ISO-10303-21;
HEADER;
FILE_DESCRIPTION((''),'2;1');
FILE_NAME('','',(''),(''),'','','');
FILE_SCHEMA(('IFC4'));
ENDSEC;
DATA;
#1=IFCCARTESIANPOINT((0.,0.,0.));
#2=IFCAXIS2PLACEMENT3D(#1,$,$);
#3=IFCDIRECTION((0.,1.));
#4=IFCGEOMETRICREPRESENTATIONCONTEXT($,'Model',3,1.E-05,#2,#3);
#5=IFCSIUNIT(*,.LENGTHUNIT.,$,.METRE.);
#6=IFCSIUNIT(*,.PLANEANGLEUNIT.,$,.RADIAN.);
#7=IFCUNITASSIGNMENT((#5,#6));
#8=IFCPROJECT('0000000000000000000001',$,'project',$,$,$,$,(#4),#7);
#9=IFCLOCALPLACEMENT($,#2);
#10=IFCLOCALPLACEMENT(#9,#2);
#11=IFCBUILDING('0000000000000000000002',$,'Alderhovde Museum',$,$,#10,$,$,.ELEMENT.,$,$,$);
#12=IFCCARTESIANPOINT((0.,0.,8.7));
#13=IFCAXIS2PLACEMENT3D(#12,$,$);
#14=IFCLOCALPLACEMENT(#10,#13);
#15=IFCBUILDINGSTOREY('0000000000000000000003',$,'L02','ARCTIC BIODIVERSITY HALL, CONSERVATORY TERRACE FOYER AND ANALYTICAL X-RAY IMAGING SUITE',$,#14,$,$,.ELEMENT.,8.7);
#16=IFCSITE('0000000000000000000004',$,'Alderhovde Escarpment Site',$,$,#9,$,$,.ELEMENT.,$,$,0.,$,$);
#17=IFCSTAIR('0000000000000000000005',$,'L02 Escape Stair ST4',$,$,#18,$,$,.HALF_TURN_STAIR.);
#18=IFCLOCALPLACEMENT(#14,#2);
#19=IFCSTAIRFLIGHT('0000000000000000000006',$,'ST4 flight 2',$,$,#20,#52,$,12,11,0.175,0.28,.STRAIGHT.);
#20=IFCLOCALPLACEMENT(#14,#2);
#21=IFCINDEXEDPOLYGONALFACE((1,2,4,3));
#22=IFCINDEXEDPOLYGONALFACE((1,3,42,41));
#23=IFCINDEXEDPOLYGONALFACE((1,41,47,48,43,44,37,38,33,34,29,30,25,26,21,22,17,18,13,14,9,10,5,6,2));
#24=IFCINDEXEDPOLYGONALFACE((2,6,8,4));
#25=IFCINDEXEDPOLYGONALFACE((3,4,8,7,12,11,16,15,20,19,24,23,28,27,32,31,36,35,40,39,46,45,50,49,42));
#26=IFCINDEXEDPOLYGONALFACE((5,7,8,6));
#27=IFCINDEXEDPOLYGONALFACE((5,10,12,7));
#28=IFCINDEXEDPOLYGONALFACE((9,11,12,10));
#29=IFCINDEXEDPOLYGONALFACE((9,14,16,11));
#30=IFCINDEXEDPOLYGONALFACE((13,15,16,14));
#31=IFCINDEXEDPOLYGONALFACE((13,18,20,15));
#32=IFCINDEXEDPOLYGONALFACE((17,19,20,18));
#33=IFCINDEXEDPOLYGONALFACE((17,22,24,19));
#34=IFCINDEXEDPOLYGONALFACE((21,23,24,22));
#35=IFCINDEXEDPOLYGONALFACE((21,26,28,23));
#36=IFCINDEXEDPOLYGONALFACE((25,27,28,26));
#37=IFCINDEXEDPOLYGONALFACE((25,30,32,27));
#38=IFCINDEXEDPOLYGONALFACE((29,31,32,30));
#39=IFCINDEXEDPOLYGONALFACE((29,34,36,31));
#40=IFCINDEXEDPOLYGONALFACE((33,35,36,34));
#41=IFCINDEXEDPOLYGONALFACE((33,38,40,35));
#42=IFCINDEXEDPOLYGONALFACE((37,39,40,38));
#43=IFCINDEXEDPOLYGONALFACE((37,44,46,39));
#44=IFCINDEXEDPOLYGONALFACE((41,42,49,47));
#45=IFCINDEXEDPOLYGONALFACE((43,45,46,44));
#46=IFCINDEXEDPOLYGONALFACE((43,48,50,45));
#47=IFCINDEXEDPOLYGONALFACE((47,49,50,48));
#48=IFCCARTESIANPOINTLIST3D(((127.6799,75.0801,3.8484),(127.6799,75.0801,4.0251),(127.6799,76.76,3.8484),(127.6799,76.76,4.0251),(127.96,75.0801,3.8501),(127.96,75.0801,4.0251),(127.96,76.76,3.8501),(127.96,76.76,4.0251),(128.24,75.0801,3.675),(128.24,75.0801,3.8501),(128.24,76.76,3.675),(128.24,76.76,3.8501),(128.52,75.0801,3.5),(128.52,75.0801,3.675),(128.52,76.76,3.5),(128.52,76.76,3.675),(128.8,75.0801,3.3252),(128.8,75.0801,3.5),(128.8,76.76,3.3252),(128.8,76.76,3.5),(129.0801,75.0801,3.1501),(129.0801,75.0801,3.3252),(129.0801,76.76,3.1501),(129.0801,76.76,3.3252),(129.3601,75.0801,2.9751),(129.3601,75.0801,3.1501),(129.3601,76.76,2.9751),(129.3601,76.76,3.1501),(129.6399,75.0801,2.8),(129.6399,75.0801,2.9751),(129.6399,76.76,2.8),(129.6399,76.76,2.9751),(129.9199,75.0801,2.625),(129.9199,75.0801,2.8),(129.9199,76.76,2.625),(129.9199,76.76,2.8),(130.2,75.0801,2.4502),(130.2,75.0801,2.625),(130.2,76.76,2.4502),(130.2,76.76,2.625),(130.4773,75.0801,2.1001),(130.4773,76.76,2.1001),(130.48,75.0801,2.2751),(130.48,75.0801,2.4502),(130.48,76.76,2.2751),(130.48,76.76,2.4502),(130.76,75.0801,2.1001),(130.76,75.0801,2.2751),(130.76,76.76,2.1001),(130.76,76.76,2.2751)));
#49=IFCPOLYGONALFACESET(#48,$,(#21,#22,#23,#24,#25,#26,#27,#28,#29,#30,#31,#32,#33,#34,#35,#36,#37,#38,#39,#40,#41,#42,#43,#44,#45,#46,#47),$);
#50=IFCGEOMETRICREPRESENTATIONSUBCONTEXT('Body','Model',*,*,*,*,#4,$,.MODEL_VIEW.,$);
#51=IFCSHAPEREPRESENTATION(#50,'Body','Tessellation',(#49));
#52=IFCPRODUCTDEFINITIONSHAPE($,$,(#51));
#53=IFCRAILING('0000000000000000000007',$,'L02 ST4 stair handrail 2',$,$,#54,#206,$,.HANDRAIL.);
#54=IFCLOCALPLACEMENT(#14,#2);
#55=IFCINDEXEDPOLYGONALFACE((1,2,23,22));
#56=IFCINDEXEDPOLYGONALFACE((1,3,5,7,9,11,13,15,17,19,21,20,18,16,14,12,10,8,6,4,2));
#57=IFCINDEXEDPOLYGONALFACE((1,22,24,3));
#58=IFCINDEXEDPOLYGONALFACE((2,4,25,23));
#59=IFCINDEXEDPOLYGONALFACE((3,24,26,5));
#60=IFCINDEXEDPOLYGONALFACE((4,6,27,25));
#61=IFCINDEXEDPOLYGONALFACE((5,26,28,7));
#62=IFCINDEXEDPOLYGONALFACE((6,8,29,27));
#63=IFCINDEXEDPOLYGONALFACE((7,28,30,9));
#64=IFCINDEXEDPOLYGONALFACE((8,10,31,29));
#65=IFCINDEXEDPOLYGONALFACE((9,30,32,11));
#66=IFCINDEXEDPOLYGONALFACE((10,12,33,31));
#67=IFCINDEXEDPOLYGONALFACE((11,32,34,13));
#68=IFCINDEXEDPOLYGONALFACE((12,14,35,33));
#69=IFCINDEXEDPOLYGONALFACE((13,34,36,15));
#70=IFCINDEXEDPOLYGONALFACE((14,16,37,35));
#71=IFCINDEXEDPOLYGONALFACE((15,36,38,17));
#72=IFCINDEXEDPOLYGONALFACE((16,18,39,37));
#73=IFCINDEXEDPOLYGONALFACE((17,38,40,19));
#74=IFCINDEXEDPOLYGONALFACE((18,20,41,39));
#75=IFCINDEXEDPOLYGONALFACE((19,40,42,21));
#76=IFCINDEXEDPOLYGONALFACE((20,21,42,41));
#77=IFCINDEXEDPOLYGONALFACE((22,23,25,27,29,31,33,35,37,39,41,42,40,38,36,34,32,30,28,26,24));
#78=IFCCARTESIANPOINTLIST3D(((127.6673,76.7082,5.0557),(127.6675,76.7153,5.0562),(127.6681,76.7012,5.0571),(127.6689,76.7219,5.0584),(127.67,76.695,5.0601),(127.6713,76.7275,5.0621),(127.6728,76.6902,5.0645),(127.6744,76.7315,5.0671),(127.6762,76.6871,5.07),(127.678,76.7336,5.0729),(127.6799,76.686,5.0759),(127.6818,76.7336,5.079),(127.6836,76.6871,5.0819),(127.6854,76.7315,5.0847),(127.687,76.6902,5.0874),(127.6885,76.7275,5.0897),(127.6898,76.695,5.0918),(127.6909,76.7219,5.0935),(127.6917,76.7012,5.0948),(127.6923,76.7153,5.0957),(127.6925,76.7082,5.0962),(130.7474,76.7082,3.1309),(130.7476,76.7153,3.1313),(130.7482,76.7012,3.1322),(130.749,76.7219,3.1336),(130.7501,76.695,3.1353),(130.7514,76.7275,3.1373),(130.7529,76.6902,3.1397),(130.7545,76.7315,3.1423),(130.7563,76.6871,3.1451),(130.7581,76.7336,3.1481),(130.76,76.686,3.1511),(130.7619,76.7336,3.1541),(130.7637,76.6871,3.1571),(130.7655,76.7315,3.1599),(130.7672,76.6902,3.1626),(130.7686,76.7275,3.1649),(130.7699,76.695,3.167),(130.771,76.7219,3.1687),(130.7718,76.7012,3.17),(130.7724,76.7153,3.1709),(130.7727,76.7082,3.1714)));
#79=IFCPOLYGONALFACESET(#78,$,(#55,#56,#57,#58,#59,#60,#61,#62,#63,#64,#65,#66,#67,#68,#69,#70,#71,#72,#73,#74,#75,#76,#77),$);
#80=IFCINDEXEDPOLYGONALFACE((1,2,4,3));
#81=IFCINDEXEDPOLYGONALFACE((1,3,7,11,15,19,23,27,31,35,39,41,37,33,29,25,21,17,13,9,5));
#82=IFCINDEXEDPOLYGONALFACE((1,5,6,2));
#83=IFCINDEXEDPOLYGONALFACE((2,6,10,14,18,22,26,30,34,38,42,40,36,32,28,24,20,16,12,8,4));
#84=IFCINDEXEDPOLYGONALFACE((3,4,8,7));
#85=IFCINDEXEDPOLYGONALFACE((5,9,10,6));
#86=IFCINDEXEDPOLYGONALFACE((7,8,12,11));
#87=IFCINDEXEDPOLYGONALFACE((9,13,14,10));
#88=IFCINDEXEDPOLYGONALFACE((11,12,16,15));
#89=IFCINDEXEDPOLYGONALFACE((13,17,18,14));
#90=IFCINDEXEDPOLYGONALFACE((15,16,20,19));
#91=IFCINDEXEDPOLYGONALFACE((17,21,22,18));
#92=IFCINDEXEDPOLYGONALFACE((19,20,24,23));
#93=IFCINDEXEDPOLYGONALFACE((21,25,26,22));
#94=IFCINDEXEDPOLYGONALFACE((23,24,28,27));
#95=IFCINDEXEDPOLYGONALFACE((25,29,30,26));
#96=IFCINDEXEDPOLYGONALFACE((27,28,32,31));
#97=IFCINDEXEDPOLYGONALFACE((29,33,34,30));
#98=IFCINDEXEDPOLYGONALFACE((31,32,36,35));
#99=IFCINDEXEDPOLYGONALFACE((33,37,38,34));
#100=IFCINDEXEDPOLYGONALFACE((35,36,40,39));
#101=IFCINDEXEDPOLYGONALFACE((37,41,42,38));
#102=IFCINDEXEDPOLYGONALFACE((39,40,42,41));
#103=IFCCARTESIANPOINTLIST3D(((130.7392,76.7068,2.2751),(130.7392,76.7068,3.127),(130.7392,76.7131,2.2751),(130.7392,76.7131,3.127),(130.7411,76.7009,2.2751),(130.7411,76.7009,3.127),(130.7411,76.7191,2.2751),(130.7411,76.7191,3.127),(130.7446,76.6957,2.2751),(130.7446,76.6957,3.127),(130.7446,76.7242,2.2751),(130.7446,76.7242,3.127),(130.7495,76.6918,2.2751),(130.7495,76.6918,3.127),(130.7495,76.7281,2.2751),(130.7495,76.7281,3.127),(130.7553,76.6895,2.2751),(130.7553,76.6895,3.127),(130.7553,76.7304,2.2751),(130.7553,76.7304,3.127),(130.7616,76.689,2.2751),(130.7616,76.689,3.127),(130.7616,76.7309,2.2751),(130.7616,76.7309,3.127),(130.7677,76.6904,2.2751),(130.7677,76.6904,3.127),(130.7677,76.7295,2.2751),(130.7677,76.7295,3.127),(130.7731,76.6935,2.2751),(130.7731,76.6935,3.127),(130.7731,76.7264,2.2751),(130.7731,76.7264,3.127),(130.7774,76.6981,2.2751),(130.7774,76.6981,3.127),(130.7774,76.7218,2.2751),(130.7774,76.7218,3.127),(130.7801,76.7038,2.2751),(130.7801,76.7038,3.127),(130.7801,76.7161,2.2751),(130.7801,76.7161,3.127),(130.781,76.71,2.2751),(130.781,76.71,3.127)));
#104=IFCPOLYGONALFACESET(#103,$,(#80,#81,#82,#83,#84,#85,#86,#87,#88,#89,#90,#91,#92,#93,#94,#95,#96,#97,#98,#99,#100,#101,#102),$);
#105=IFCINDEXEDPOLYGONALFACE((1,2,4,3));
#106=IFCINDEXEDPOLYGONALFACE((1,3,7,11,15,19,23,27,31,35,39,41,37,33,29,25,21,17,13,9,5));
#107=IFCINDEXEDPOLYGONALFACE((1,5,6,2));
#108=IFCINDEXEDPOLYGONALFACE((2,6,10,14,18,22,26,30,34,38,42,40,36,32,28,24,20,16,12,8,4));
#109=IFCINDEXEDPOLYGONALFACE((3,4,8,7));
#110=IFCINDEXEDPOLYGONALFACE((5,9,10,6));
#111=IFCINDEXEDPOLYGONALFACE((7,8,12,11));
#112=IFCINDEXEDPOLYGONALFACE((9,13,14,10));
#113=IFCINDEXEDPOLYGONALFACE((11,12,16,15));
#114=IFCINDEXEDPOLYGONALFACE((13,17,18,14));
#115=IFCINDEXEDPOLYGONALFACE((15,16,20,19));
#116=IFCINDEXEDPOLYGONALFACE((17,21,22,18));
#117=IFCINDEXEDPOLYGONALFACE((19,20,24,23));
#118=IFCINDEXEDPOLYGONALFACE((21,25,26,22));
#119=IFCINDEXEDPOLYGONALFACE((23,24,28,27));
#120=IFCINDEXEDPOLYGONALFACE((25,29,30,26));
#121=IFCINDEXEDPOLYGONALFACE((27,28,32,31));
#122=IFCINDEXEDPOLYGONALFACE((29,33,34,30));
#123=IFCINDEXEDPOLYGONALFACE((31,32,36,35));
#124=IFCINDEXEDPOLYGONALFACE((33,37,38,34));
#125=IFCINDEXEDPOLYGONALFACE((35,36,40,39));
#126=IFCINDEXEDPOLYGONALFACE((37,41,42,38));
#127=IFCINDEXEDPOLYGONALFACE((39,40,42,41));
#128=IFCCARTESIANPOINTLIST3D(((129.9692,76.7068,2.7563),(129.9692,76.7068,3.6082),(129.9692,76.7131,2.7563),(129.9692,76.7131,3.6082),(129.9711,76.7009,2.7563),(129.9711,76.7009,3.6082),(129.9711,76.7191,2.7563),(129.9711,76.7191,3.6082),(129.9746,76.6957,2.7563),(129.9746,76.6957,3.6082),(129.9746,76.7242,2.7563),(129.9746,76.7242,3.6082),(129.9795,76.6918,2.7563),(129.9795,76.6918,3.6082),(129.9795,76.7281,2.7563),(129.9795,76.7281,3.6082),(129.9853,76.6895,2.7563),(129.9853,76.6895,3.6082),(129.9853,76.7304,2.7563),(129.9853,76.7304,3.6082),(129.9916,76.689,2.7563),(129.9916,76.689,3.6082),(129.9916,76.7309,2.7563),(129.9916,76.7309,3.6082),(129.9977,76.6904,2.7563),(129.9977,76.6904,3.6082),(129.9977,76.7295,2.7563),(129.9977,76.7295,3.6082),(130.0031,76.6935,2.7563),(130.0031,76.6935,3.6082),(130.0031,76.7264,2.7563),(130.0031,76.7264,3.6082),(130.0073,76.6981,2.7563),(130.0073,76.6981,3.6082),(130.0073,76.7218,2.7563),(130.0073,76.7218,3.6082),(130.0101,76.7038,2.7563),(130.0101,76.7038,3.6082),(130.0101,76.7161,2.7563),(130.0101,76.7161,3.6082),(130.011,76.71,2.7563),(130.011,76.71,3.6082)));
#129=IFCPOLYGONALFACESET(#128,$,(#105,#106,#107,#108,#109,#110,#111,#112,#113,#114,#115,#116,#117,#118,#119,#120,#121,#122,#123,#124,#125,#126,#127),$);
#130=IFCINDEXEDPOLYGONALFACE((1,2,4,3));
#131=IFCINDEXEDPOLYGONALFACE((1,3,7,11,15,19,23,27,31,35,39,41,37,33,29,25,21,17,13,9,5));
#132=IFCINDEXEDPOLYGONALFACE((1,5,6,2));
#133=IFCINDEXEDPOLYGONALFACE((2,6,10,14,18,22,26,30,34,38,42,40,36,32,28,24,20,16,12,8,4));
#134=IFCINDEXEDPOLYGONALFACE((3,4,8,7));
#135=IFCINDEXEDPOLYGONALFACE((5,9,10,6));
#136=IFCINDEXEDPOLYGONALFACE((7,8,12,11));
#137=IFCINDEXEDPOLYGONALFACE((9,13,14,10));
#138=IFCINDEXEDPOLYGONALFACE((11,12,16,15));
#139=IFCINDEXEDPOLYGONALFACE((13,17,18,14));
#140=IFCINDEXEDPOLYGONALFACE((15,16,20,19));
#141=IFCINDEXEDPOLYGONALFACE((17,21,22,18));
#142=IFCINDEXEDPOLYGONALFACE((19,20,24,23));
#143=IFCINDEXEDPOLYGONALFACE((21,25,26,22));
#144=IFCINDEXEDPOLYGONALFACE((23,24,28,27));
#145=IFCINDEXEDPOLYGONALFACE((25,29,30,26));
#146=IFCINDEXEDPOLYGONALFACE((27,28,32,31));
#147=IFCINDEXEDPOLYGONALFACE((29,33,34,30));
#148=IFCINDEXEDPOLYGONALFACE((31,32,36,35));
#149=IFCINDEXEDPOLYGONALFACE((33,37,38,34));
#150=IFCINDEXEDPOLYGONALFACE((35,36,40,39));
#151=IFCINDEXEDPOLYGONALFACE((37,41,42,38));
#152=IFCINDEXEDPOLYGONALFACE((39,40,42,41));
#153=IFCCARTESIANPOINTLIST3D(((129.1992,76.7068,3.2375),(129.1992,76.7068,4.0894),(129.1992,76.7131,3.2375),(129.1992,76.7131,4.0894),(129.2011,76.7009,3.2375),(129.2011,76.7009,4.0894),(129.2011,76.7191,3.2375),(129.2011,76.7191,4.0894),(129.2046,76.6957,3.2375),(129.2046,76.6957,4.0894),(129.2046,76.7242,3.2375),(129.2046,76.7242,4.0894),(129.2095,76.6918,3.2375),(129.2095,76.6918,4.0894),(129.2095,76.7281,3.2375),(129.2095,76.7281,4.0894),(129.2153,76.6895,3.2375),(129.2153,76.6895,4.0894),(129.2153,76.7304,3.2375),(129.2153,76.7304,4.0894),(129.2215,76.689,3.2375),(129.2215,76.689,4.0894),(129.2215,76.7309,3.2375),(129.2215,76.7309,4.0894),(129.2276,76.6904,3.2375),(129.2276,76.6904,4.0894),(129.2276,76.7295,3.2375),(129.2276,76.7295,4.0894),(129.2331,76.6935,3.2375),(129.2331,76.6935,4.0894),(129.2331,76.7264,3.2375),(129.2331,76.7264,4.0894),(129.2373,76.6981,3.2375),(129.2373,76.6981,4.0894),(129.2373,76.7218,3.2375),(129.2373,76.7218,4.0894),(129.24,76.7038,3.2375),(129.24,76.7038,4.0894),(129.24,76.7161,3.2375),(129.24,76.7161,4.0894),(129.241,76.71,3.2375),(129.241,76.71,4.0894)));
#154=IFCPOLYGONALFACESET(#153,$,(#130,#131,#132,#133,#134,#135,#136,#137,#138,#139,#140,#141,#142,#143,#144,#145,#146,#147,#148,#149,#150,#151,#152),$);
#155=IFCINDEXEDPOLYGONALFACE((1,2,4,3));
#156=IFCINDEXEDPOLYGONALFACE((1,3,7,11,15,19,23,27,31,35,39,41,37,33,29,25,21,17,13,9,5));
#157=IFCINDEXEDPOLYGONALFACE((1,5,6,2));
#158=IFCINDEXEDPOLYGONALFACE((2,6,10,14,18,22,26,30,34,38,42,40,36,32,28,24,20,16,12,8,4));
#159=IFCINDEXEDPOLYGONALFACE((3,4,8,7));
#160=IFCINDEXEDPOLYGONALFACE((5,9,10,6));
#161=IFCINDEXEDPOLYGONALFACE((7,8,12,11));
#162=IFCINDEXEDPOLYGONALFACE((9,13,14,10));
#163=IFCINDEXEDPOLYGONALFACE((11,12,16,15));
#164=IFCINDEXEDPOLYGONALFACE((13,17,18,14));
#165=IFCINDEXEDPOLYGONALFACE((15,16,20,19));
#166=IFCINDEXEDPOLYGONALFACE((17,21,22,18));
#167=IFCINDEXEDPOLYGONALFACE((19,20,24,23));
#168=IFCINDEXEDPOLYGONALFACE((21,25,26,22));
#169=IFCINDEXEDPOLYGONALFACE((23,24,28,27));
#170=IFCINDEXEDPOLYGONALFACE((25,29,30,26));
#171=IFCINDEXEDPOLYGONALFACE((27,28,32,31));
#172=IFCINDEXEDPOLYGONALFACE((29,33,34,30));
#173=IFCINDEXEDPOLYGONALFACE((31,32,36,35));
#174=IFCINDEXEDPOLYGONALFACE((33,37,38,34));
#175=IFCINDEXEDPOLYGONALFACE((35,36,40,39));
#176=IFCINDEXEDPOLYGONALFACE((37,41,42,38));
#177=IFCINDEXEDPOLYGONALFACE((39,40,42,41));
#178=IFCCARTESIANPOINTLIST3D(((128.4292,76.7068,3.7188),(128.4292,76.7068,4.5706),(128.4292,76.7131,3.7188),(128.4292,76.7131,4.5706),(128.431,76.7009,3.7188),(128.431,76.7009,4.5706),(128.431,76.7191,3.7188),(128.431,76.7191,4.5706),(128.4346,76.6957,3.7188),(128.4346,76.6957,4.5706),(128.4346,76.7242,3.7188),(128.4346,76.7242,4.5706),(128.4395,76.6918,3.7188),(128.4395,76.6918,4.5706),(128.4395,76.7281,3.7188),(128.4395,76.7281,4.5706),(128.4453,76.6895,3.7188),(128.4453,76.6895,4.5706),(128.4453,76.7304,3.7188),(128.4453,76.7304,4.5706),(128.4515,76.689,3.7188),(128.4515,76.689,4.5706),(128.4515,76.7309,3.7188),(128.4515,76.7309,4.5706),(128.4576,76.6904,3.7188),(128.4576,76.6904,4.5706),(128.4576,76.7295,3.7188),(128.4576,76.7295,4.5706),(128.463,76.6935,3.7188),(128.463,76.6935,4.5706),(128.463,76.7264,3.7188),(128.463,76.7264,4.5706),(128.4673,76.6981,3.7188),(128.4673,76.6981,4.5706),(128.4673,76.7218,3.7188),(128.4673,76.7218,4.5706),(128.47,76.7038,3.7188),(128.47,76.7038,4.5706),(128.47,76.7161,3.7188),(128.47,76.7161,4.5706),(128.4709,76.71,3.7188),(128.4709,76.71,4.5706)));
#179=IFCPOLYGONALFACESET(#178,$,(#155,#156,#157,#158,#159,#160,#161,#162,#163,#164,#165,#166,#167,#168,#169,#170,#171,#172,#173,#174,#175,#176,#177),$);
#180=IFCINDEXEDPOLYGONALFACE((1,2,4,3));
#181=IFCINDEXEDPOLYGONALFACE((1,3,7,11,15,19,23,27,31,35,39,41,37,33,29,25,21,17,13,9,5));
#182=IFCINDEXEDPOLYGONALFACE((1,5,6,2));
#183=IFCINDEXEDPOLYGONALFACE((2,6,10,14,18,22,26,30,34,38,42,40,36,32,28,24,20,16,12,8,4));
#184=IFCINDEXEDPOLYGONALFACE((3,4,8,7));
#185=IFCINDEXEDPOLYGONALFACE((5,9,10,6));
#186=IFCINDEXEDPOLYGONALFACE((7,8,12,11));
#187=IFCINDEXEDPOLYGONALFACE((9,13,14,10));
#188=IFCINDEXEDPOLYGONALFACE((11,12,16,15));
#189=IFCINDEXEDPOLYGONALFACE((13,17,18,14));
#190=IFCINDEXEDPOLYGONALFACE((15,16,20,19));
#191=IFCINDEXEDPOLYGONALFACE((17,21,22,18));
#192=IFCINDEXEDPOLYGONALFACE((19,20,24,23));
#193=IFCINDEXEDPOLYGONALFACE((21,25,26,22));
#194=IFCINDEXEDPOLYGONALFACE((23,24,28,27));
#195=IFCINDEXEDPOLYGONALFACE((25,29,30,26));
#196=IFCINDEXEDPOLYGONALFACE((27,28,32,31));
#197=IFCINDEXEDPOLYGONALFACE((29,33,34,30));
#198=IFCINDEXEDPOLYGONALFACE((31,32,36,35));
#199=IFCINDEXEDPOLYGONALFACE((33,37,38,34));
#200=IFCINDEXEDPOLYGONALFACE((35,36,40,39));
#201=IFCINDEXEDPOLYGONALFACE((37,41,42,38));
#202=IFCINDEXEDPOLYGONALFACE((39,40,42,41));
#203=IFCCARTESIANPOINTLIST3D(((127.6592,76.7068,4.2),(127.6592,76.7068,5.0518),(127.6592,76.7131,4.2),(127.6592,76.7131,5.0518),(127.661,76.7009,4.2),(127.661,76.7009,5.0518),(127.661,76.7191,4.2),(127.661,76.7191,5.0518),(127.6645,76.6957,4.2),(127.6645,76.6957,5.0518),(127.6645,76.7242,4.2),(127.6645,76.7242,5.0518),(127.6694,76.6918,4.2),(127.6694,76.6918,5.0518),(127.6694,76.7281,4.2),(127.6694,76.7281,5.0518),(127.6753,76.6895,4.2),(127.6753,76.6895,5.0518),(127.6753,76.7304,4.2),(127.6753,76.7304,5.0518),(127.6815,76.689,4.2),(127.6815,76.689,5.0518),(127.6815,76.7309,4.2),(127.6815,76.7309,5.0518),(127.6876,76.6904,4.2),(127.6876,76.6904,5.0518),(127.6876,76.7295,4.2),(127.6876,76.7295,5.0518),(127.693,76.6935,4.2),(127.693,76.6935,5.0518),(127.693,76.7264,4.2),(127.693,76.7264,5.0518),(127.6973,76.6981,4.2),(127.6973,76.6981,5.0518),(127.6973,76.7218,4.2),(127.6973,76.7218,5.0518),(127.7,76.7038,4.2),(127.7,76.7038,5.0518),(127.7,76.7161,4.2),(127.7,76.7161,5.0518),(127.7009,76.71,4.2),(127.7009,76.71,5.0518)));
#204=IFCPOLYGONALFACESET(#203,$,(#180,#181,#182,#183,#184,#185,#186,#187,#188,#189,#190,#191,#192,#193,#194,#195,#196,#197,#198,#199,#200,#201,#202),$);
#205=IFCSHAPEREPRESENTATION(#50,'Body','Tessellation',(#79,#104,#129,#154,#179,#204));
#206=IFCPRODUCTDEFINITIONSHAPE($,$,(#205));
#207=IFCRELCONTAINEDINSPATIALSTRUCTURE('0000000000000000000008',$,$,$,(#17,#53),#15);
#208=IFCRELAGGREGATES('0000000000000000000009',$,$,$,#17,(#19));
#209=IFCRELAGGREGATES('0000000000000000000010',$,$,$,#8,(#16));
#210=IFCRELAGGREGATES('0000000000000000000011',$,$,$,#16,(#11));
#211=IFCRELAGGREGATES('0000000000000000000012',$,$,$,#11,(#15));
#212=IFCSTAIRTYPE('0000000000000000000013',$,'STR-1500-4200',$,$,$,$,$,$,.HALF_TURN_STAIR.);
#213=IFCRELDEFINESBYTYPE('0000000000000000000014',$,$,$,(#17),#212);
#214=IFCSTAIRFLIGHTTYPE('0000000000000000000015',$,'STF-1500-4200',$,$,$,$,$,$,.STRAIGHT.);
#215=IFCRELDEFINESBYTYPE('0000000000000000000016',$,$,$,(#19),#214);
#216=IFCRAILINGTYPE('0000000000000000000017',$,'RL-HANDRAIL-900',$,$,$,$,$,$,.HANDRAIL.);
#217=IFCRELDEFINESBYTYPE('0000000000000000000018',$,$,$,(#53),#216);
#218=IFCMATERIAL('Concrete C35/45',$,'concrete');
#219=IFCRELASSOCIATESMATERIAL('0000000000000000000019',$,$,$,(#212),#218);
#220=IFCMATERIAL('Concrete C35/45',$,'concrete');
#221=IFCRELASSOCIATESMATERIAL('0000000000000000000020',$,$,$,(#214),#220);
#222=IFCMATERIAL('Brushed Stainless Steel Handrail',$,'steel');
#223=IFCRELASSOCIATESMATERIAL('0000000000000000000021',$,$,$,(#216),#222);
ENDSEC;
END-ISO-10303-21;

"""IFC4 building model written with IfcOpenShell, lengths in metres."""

from ifc_helpers import new_model, si_unit, direction, frame, origin, origin_2d, place, context, subcontext, project, spatial, polyline, circle, outline, extrude, material, type_object, element, aggregate, save


model = new_model("IFC4")

# Units and contexts
model_context = context("Model", 3, precision=1e-05, world=origin(), true_north=direction((0.0, 1.0)))
body_context = subcontext(model_context, "Body", "Model", "MODEL_VIEW")
ifc_project = project(units=[si_unit("LENGTHUNIT", "METRE"), si_unit("PLANEANGLEUNIT", "RADIAN")], contexts=[model_context])

# Site, building, storey
site_placement = place(None, origin())
site = spatial("IfcSite", under=ifc_project, at=site_placement, Name="Alderhovde Escarpment Site", CompositionType="ELEMENT", RefElevation=0.0)
building_placement = place(site_placement, origin())
building = spatial("IfcBuilding", under=site, at=building_placement, Name="Alderhovde Museum", CompositionType="ELEMENT")
storey_placement = place(building_placement, frame((0.0, 0.0, 8.7)))
storey = spatial("IfcBuildingStorey", under=building, at=storey_placement, Name="L02", Description="ARCTIC BIODIVERSITY HALL, CONSERVATORY TERRACE FOYER AND ANALYTICAL X-RAY IMAGING SUITE", CompositionType="ELEMENT", Elevation=8.7)

# Stair, stair flight
ifc_material_1 = material(Name="Concrete C35/45", Category="concrete")
stair_type = type_object("IfcStairType", Name="STR-1500-4200", PredefinedType="HALF_TURN_STAIR", material=ifc_material_1)
stair_placement = place(storey_placement, origin())
stair = element("IfcStair", 1, at=stair_placement, inside=storey, type_object=stair_type, Name="L02 Escape Stair ST4", PredefinedType="HALF_TURN_STAIR")
ifc_material_2 = material(Name="Concrete C35/45", Category="concrete")
stair_flight_type = type_object("IfcStairFlightType", Name="STF-1500-4200", PredefinedType="STRAIGHT", material=ifc_material_2)
stair_flight_placement = place(storey_placement, frame((130.76, 75.9199, 2.1001), z_axis=(0.0, 0.0, 1.0), x_axis=(-1.0, 0.0, 0.0)))
stair_flight = element("IfcStairFlight", 2, at=stair_flight_placement, type_object=stair_flight_type, Name="ST4 flight 2", NumberOfRisers=12, NumberOfTreads=11, PredefinedType="STRAIGHT", RiserHeight=0.175, TreadLength=0.28, context=body_context, shape_type="SweptSolid", body=[
    extrude(outline(polyline([(0.0, 0.0), (0.0, 0.175), (0.28, 0.175), (0.28, 0.3501), (0.5601, 0.3501), (0.5601, 0.5249), (0.8401, 0.5249), (0.8401, 0.7), (1.1201, 0.7), (1.1201, 0.875), (1.3999, 0.875), (1.3999, 1.05), (1.6799, 1.05), (1.6799, 1.2251), (1.96, 1.2251), (1.96, 1.3999), (2.24, 1.3999), (2.24, 1.575), (2.52, 1.575), (2.52, 1.75), (2.8, 1.75), (2.8, 1.925), (3.0801, 1.925), (3.0801, 2.1001), (3.0801, 1.7483), (0.2827, 0.0), (0.0, 0.0)])), frame((0.0, 0.8398, 0.0), z_axis=(0.0, -1.0, 0.0), x_axis=(1.0, 0.0, 0.0)), (0.0, 0.0, 1.0), 1.6799),
])
aggregate(stair, [stair_flight])

# Railing
ifc_material_3 = material(Name="Brushed Stainless Steel Handrail", Category="steel")
railing_type = type_object("IfcRailingType", Name="RL-HANDRAIL-900", PredefinedType="HANDRAIL", material=ifc_material_3)
railing_placement = place(storey_placement, frame((130.76, 76.71, 2.2751)))
element("IfcRailing", 3, at=railing_placement, inside=storey, type_object=railing_type, Name="L02 ST4 stair handrail 2", PredefinedType="HANDRAIL", context=body_context, shape_type="SweptSolid", body=[
    extrude(circle(Radius=0.0239, at=origin_2d()), frame((0.0, 0.0, 0.876), z_axis=(-0.848029, 0.0, 0.529951), x_axis=(0.0, -1.0, 0.0)), (0.0, 0.0, 1.0), 3.6321),
    extrude(circle(Radius=0.021, at=origin_2d()), origin(), (0.0, 0.0, 1.0), 0.8518),
    extrude(circle(Radius=0.021, at=origin_2d()), frame((-0.77, 0.0, 0.4812)), (0.0, 0.0, 1.0), 0.8518),
    extrude(circle(Radius=0.021, at=origin_2d()), frame((-1.54, 0.0, 0.9624)), (0.0, 0.0, 1.0), 0.8518),
    extrude(circle(Radius=0.021, at=origin_2d()), frame((-2.3101, 0.0, 1.4436)), (0.0, 0.0, 1.0), 0.8518),
    extrude(circle(Radius=0.021, at=origin_2d()), frame((-3.0801, 0.0, 1.9248)), (0.0, 0.0, 1.0), 0.8518),
])

save(model, "model.ifc")
